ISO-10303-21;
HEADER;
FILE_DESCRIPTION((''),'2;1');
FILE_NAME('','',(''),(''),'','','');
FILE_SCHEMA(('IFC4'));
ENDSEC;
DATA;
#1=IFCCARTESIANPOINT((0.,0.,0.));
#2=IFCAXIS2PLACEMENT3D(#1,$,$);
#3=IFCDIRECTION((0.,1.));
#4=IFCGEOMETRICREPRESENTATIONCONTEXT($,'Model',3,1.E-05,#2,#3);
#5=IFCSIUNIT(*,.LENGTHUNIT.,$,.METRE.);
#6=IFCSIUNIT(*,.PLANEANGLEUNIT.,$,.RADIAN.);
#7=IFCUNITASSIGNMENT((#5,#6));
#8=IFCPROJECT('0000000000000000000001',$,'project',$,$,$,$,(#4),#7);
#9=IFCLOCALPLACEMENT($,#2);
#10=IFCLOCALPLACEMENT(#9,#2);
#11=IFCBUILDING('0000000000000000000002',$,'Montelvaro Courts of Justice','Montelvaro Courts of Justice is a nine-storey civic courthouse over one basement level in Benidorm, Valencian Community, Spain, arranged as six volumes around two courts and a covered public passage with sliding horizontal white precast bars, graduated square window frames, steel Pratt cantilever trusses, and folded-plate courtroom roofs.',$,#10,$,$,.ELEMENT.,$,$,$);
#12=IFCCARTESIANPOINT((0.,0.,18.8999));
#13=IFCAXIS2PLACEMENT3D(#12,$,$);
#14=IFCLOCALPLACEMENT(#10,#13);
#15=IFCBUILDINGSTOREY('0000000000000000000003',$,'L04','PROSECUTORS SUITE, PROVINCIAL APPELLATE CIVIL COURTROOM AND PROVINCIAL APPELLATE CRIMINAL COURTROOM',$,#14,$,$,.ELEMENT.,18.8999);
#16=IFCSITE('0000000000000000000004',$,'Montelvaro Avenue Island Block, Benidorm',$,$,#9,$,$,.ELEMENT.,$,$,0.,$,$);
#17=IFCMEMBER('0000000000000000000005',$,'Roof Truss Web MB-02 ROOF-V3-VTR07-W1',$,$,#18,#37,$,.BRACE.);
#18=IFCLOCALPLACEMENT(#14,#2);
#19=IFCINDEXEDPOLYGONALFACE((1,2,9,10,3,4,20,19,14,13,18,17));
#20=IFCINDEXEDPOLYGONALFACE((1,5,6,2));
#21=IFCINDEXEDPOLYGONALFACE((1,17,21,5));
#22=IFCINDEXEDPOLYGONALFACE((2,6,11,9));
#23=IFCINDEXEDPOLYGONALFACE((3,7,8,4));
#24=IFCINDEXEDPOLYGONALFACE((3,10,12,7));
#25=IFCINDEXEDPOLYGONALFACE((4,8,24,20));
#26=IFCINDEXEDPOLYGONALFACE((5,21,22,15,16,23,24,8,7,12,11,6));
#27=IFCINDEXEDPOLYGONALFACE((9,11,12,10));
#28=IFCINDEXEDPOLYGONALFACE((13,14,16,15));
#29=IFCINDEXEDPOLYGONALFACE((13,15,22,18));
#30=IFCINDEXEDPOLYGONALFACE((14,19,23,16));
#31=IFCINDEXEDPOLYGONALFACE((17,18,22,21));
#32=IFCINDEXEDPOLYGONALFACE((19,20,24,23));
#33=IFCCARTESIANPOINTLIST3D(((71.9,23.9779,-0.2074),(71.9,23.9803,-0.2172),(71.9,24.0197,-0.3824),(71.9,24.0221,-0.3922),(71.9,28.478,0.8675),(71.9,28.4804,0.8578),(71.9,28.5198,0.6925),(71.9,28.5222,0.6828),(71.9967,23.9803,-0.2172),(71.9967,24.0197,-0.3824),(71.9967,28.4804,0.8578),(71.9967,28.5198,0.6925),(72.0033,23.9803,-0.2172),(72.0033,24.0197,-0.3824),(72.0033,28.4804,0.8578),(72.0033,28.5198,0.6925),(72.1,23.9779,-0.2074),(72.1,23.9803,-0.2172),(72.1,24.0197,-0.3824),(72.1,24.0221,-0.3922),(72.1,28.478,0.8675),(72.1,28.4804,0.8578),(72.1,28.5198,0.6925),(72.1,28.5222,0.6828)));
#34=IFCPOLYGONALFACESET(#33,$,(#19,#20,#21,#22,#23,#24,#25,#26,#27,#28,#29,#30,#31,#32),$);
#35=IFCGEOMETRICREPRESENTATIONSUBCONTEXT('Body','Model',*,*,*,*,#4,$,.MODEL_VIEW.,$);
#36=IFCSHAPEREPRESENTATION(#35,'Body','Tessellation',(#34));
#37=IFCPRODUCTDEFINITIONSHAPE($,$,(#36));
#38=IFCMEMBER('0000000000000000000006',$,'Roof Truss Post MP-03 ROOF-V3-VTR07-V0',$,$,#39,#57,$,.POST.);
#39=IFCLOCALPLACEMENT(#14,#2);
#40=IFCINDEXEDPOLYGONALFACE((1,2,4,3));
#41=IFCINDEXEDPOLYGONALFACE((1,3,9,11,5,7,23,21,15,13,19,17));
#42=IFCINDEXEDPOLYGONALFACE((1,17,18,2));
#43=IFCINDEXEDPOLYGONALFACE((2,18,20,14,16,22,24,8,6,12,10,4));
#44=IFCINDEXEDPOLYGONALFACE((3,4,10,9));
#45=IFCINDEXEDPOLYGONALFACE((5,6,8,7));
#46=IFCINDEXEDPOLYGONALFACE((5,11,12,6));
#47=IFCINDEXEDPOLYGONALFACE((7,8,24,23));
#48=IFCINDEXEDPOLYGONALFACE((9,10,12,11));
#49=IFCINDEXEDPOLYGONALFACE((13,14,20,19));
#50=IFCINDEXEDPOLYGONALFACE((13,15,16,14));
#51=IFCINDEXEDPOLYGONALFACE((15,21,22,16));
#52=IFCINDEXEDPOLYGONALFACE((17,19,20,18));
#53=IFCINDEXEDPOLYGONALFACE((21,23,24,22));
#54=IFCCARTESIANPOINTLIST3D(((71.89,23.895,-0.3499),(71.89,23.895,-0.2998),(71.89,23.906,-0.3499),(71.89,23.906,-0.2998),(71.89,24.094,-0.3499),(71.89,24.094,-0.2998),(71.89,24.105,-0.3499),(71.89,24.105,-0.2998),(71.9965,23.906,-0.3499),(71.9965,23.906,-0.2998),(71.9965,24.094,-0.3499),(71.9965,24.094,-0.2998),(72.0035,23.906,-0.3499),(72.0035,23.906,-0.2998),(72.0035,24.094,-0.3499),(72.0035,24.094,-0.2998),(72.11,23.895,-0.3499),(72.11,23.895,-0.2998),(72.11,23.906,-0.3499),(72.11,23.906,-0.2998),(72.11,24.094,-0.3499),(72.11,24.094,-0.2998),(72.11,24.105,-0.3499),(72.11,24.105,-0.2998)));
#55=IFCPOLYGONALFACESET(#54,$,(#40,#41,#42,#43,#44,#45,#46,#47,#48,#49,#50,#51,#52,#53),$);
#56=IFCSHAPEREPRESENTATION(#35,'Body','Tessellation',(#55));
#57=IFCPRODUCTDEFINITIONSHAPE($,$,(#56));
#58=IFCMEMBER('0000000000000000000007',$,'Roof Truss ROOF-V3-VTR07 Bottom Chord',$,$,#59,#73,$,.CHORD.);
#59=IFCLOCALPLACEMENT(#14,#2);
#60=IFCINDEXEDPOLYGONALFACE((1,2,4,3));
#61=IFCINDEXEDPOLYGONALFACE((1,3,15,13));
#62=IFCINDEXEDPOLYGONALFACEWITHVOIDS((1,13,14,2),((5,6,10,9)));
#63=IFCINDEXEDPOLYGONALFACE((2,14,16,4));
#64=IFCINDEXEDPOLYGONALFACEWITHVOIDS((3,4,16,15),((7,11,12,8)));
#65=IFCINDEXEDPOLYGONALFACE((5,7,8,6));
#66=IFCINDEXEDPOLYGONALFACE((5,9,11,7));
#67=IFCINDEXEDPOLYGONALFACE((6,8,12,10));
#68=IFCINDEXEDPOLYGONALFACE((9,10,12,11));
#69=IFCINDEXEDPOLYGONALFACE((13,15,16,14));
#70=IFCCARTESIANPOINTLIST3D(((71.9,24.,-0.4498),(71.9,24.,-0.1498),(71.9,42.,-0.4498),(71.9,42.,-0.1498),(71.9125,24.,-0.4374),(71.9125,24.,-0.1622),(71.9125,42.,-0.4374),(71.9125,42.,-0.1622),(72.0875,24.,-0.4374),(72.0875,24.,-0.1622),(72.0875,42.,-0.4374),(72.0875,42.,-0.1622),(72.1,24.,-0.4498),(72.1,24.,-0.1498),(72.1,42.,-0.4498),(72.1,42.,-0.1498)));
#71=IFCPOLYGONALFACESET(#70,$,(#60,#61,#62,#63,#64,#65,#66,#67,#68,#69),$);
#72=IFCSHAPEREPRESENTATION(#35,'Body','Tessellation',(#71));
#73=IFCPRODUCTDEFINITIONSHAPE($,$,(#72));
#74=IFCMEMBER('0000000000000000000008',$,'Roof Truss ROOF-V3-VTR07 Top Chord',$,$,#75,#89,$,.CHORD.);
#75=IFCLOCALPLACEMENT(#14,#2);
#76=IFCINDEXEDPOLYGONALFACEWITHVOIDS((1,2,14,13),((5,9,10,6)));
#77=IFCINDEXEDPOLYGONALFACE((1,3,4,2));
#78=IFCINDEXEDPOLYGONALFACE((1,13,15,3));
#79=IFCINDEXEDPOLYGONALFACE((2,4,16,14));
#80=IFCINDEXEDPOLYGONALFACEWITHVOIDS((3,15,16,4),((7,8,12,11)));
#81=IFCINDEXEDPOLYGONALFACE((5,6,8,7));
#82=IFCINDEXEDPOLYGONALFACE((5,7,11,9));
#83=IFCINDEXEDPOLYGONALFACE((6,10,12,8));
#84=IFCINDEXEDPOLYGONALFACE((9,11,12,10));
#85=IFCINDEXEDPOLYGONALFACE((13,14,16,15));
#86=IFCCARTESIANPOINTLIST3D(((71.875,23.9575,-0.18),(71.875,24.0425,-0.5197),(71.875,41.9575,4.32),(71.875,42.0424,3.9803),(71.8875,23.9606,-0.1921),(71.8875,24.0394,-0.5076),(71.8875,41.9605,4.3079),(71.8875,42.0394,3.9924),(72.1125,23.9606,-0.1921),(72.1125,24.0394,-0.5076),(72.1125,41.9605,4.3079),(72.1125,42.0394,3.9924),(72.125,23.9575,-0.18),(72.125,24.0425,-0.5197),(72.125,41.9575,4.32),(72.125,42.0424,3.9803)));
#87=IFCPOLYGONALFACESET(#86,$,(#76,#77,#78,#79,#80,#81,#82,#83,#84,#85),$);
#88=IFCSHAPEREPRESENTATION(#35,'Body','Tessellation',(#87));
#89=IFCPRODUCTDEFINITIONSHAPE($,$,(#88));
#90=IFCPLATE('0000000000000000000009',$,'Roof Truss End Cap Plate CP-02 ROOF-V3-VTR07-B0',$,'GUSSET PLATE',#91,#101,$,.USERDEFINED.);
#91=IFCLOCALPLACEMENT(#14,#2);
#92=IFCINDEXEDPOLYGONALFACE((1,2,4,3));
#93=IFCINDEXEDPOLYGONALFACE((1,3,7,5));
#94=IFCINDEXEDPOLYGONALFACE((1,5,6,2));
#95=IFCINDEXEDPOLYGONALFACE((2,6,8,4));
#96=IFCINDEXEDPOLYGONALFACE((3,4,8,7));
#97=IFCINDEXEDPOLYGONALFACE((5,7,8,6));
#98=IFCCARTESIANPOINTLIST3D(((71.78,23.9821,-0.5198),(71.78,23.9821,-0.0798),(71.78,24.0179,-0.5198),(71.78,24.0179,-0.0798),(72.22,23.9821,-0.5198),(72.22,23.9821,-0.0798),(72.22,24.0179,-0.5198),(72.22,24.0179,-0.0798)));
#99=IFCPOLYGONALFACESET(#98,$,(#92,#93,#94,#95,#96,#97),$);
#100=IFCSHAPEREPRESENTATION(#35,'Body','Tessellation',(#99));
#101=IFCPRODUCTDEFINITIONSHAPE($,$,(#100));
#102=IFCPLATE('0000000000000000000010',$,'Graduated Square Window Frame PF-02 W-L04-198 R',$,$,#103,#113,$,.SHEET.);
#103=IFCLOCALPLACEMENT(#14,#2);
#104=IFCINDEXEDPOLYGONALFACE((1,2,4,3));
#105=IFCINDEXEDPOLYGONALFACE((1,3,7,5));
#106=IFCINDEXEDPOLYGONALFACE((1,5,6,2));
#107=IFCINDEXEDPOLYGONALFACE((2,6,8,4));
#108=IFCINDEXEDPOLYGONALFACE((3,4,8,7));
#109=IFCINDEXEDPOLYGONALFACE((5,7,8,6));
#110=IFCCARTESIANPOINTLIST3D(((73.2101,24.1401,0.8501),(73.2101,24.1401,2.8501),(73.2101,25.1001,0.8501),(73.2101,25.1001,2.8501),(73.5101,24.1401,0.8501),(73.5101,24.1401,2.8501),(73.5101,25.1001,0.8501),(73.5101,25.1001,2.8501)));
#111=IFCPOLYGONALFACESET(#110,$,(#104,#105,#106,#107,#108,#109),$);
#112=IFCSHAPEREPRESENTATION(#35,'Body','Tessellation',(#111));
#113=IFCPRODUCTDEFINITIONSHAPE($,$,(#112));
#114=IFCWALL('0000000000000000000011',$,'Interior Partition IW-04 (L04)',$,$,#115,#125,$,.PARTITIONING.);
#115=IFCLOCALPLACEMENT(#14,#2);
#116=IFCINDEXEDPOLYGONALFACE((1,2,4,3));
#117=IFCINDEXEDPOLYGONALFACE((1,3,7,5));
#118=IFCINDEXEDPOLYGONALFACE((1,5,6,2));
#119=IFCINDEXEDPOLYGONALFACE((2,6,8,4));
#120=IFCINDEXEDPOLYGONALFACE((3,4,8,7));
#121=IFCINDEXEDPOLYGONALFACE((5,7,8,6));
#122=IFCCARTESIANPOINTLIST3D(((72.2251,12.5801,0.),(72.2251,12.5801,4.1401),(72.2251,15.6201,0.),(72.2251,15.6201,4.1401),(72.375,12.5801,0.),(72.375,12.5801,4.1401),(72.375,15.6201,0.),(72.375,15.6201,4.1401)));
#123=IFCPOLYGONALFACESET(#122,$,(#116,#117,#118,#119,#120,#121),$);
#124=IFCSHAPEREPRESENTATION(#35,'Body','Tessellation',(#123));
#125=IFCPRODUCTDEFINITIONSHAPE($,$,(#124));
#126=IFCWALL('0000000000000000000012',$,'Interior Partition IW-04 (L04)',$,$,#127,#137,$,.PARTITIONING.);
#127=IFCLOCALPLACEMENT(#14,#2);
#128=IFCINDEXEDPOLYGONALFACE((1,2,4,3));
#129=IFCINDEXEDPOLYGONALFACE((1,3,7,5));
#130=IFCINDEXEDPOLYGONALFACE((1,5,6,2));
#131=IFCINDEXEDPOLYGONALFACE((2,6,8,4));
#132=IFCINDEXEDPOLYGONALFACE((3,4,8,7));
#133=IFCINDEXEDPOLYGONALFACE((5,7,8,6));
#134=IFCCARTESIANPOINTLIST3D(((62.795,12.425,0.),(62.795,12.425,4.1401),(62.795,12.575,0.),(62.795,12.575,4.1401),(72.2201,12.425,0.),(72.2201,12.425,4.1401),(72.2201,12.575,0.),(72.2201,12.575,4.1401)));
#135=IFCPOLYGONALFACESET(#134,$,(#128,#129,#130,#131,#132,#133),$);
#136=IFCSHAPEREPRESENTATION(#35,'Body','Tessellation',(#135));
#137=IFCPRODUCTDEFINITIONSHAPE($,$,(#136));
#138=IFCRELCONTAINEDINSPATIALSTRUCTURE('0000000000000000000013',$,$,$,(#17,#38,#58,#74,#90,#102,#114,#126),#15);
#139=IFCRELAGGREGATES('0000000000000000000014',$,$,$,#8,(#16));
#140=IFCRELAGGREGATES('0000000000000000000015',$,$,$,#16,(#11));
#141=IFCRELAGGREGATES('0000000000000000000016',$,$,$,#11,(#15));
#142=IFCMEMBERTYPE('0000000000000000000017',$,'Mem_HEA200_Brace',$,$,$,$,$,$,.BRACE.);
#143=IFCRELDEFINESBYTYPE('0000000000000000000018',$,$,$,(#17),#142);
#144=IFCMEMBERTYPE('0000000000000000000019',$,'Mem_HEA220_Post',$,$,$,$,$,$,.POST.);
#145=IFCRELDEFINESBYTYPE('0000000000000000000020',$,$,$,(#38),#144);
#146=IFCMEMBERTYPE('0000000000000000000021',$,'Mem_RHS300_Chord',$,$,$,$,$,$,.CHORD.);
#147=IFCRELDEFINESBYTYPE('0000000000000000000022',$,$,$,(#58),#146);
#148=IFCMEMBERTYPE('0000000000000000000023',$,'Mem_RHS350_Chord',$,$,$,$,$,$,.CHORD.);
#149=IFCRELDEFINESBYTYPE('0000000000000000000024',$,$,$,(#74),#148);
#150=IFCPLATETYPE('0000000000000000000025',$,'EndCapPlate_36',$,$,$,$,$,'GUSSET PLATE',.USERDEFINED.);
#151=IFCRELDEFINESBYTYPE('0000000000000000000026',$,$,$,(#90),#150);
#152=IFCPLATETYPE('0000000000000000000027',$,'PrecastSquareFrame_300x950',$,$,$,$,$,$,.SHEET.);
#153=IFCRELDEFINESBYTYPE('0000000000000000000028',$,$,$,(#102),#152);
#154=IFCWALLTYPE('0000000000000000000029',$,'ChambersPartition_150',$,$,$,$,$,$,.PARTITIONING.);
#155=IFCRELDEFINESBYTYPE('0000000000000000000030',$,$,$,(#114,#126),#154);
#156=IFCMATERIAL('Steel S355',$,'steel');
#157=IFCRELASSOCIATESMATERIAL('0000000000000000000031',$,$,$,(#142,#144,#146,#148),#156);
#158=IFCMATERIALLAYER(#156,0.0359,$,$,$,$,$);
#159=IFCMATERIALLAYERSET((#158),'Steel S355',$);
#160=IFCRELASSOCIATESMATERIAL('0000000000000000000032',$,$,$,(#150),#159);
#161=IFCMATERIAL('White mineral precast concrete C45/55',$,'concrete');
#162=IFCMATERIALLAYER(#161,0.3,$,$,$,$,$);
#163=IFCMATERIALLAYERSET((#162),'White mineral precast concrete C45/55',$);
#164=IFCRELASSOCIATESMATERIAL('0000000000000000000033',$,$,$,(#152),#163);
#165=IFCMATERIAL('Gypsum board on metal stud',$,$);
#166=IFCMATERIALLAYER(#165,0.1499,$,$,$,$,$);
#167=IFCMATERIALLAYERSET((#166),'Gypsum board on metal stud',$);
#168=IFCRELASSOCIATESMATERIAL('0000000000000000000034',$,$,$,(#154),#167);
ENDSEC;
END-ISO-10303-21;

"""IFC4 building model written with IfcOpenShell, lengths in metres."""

from ifc_helpers import new_model, si_unit, direction, frame, frame_2d, origin, origin_2d, place, context, subcontext, project, spatial, rectangle, hollow_rectangle, i_section, extrude, material, layer, layer_set, material_profile, profile_set, type_object, element, save


model = new_model("IFC4")

# Units and contexts
model_context = context("Model", 3, precision=1e-05, world=origin(), true_north=direction((0.0, 1.0)))
body_context = subcontext(model_context, "Body", "Model", "MODEL_VIEW")
ifc_project = project(units=[si_unit("LENGTHUNIT", "METRE"), si_unit("PLANEANGLEUNIT", "RADIAN")], contexts=[model_context])

# Site, building, storey
site_placement = place(None, origin())
site = spatial("IfcSite", under=ifc_project, at=site_placement, Name="Montelvaro Avenue Island Block, Benidorm", CompositionType="ELEMENT", RefElevation=0.0)
building_placement = place(site_placement, origin())
building = spatial("IfcBuilding", under=site, at=building_placement, Name="Montelvaro Courts of Justice", Description="Montelvaro Courts of Justice is a nine-storey civic courthouse over one basement level in Benidorm, Valencian Community, Spain, arranged as six volumes around two courts and a covered public passage with sliding horizontal white precast bars, graduated square window frames, steel Pratt cantilever trusses, and folded-plate courtroom roofs.", CompositionType="ELEMENT")
storey_placement = place(building_placement, frame((0.0, 0.0, 18.8999)))
storey = spatial("IfcBuildingStorey", under=building, at=storey_placement, Name="L04", Description="PROSECUTORS SUITE, PROVINCIAL APPELLATE CIVIL COURTROOM AND PROVINCIAL APPELLATE CRIMINAL COURTROOM", CompositionType="ELEMENT", Elevation=18.8999)

# Shared definitions
ifc_material_1 = material(Name="Steel S355", Category="steel")

# Members
ifc_material_profile_1 = material_profile(ifc_material_1, i_section(OverallWidth=0.2, OverallDepth=0.1899, WebThickness=0.0066, FlangeThickness=0.01, at=origin_2d()), Name="HEA 200")
ifc_profile_set_1 = profile_set([ifc_material_profile_1], Name="Steel S355")
member_type_1 = type_object("IfcMemberType", Name="Mem_HEA200_Brace", PredefinedType="BRACE", material=ifc_profile_set_1)
member_1_placement = place(storey_placement, frame((72.0, 24.0, -0.2998), z_axis=(0.0, 0.972634, 0.232341), x_axis=(-1.0, 0.0, 0.0)))
element("IfcMember", 1, at=member_1_placement, inside=storey, type_object=member_type_1, Name="Roof Truss Web MB-02 ROOF-V3-VTR07-W1", PredefinedType="BRACE", context=body_context, shape_type="SweptSolid", body=[
    extrude(i_section(OverallWidth=0.2, OverallDepth=0.1899, WebThickness=0.0066, FlangeThickness=0.01, at=origin_2d()), origin(), (0.0, 0.0, 1.0), 4.6267),
])
ifc_material_profile_2 = material_profile(ifc_material_1, i_section(OverallWidth=0.22, OverallDepth=0.21, WebThickness=0.0071, FlangeThickness=0.011, at=origin_2d()), Name="HEA 220")
ifc_profile_set_2 = profile_set([ifc_material_profile_2], Name="Steel S355")
member_type_2 = type_object("IfcMemberType", Name="Mem_HEA220_Post", PredefinedType="POST", material=ifc_profile_set_2)
member_2_placement = place(storey_placement, frame((72.0, 24.0, -0.2998), z_axis=(0.0, 0.0, -1.0), x_axis=(1.0, 0.0, 0.0)))
element("IfcMember", 2, at=member_2_placement, inside=storey, type_object=member_type_2, Name="Roof Truss Post MP-03 ROOF-V3-VTR07-V0", PredefinedType="POST", context=body_context, shape_type="SweptSolid", body=[
    extrude(i_section(OverallWidth=0.22, OverallDepth=0.21, WebThickness=0.0071, FlangeThickness=0.011, at=origin_2d()), origin(), (0.0, 0.0, 1.0), 0.05),
])
ifc_material_profile_3 = material_profile(ifc_material_1, hollow_rectangle(XDim=0.2, YDim=0.3, WallThickness=0.0125, at=origin_2d()), Name="RHS 300x200x12.5")
ifc_profile_set_3 = profile_set([ifc_material_profile_3], Name="Steel S355")
member_type_3 = type_object("IfcMemberType", Name="Mem_RHS300_Chord", PredefinedType="CHORD", material=ifc_profile_set_3)
member_3_placement = place(storey_placement, frame((72.0, 24.0, -0.2998), z_axis=(0.0, 1.0, 0.0), x_axis=(-1.0, 0.0, 0.0)))
element("IfcMember", 3, at=member_3_placement, inside=storey, type_object=member_type_3, Name="Roof Truss ROOF-V3-VTR07 Bottom Chord", PredefinedType="CHORD", context=body_context, shape_type="SweptSolid", body=[
    extrude(hollow_rectangle(XDim=0.2, YDim=0.3, WallThickness=0.0125, at=origin_2d()), origin(), (0.0, 0.0, 1.0), 18.0),
])
ifc_material_profile_4 = material_profile(ifc_material_1, hollow_rectangle(XDim=0.25, YDim=0.3501, WallThickness=0.0125, at=origin_2d()), Name="RHS 350x250x12.5")
ifc_profile_set_4 = profile_set([ifc_material_profile_4], Name="Steel S355")
member_type_4 = type_object("IfcMemberType", Name="Mem_RHS350_Chord", PredefinedType="CHORD", material=ifc_profile_set_4)
member_4_placement = place(storey_placement, frame((72.0, 24.0, -0.3499), z_axis=(0.0, 0.970143, 0.242536), x_axis=(-1.0, 0.0, 0.0)))
element("IfcMember", 4, at=member_4_placement, inside=storey, type_object=member_type_4, Name="Roof Truss ROOF-V3-VTR07 Top Chord", PredefinedType="CHORD", context=body_context, shape_type="SweptSolid", body=[
    extrude(hollow_rectangle(XDim=0.25, YDim=0.3501, WallThickness=0.0125, at=origin_2d()), origin(), (0.0, 0.0, 1.0), 18.554),
])

# Plates
ifc_layer_1 = layer(ifc_material_1, 0.0359)
ifc_layer_set_1 = layer_set([ifc_layer_1], Name="Steel S355")
plate_type_1 = type_object("IfcPlateType", Name="EndCapPlate_36", ElementType="GUSSET PLATE", PredefinedType="USERDEFINED", material=ifc_layer_set_1)
plate_1_placement = place(storey_placement, frame((72.0, 24.0, -0.5198), z_axis=(0.0, 0.0, 1.0), x_axis=(1.0, 0.0, 0.0)))
element("IfcPlate", 5, at=plate_1_placement, inside=storey, type_object=plate_type_1, Name="Roof Truss End Cap Plate CP-02 ROOF-V3-VTR07-B0", ObjectType="GUSSET PLATE", PredefinedType="USERDEFINED", context=body_context, shape_type="SweptSolid", body=[
    extrude(rectangle(XDim=0.4399, YDim=0.0359, at=origin_2d()), origin(), (0.0, 0.0, 1.0), 0.4399),
])
ifc_material_2 = material(Name="White mineral precast concrete C45/55", Category="concrete")
ifc_layer_2 = layer(ifc_material_2, 0.3)
ifc_layer_set_2 = layer_set([ifc_layer_2], Name="White mineral precast concrete C45/55")
plate_type_2 = type_object("IfcPlateType", Name="PrecastSquareFrame_300x950", PredefinedType="SHEET", material=ifc_layer_set_2)
plate_2_placement = place(storey_placement, frame((73.3601, 24.6201, 0.8501), z_axis=(0.0, 0.0, 1.0), x_axis=(-1.0, 0.0, 0.0)))
element("IfcPlate", 6, at=plate_2_placement, inside=storey, type_object=plate_type_2, Name="Graduated Square Window Frame PF-02 W-L04-198 R", PredefinedType="SHEET", context=body_context, shape_type="SweptSolid", body=[
    extrude(rectangle(XDim=0.3, YDim=0.96, at=origin_2d()), origin(), (0.0, 0.0, 1.0), 2.0),
])

# Walls
ifc_material_3 = material(Name="Gypsum board on metal stud")
ifc_layer_3 = layer(ifc_material_3, 0.1499)
ifc_layer_set_3 = layer_set([ifc_layer_3], Name="Gypsum board on metal stud")
wall_type_1 = type_object("IfcWallType", Name="ChambersPartition_150", PredefinedType="PARTITIONING", material=ifc_layer_set_3)
wall_1_placement = place(storey_placement, frame((72.3, 15.6201, 0.0), z_axis=(0.0, 0.0, 1.0), x_axis=(0.0, -1.0, 0.0)))
element("IfcWall", 7, at=wall_1_placement, inside=storey, type_object=wall_type_1, Name="Interior Partition IW-04 (L04)", PredefinedType="PARTITIONING", context=body_context, shape_type="SweptSolid", body=[
    extrude(rectangle(XDim=3.04, YDim=0.1499, at=frame_2d((1.52, 0.0))), origin(), (0.0, 0.0, 1.0), 4.1401),
])
wall_2_placement = place(storey_placement, frame((72.22, 12.5, 0.0), z_axis=(0.0, 0.0, 1.0), x_axis=(-1.0, 0.0, 0.0)))
element("IfcWall", 8, at=wall_2_placement, inside=storey, type_object=wall_type_1, Name="Interior Partition IW-04 (L04)", PredefinedType="PARTITIONING", context=body_context, shape_type="SweptSolid", body=[
    extrude(rectangle(XDim=9.425, YDim=0.1499, at=frame_2d((4.7124, 0.0))), origin(), (0.0, 0.0, 1.0), 4.1401),
])

save(model, "model.ifc")
